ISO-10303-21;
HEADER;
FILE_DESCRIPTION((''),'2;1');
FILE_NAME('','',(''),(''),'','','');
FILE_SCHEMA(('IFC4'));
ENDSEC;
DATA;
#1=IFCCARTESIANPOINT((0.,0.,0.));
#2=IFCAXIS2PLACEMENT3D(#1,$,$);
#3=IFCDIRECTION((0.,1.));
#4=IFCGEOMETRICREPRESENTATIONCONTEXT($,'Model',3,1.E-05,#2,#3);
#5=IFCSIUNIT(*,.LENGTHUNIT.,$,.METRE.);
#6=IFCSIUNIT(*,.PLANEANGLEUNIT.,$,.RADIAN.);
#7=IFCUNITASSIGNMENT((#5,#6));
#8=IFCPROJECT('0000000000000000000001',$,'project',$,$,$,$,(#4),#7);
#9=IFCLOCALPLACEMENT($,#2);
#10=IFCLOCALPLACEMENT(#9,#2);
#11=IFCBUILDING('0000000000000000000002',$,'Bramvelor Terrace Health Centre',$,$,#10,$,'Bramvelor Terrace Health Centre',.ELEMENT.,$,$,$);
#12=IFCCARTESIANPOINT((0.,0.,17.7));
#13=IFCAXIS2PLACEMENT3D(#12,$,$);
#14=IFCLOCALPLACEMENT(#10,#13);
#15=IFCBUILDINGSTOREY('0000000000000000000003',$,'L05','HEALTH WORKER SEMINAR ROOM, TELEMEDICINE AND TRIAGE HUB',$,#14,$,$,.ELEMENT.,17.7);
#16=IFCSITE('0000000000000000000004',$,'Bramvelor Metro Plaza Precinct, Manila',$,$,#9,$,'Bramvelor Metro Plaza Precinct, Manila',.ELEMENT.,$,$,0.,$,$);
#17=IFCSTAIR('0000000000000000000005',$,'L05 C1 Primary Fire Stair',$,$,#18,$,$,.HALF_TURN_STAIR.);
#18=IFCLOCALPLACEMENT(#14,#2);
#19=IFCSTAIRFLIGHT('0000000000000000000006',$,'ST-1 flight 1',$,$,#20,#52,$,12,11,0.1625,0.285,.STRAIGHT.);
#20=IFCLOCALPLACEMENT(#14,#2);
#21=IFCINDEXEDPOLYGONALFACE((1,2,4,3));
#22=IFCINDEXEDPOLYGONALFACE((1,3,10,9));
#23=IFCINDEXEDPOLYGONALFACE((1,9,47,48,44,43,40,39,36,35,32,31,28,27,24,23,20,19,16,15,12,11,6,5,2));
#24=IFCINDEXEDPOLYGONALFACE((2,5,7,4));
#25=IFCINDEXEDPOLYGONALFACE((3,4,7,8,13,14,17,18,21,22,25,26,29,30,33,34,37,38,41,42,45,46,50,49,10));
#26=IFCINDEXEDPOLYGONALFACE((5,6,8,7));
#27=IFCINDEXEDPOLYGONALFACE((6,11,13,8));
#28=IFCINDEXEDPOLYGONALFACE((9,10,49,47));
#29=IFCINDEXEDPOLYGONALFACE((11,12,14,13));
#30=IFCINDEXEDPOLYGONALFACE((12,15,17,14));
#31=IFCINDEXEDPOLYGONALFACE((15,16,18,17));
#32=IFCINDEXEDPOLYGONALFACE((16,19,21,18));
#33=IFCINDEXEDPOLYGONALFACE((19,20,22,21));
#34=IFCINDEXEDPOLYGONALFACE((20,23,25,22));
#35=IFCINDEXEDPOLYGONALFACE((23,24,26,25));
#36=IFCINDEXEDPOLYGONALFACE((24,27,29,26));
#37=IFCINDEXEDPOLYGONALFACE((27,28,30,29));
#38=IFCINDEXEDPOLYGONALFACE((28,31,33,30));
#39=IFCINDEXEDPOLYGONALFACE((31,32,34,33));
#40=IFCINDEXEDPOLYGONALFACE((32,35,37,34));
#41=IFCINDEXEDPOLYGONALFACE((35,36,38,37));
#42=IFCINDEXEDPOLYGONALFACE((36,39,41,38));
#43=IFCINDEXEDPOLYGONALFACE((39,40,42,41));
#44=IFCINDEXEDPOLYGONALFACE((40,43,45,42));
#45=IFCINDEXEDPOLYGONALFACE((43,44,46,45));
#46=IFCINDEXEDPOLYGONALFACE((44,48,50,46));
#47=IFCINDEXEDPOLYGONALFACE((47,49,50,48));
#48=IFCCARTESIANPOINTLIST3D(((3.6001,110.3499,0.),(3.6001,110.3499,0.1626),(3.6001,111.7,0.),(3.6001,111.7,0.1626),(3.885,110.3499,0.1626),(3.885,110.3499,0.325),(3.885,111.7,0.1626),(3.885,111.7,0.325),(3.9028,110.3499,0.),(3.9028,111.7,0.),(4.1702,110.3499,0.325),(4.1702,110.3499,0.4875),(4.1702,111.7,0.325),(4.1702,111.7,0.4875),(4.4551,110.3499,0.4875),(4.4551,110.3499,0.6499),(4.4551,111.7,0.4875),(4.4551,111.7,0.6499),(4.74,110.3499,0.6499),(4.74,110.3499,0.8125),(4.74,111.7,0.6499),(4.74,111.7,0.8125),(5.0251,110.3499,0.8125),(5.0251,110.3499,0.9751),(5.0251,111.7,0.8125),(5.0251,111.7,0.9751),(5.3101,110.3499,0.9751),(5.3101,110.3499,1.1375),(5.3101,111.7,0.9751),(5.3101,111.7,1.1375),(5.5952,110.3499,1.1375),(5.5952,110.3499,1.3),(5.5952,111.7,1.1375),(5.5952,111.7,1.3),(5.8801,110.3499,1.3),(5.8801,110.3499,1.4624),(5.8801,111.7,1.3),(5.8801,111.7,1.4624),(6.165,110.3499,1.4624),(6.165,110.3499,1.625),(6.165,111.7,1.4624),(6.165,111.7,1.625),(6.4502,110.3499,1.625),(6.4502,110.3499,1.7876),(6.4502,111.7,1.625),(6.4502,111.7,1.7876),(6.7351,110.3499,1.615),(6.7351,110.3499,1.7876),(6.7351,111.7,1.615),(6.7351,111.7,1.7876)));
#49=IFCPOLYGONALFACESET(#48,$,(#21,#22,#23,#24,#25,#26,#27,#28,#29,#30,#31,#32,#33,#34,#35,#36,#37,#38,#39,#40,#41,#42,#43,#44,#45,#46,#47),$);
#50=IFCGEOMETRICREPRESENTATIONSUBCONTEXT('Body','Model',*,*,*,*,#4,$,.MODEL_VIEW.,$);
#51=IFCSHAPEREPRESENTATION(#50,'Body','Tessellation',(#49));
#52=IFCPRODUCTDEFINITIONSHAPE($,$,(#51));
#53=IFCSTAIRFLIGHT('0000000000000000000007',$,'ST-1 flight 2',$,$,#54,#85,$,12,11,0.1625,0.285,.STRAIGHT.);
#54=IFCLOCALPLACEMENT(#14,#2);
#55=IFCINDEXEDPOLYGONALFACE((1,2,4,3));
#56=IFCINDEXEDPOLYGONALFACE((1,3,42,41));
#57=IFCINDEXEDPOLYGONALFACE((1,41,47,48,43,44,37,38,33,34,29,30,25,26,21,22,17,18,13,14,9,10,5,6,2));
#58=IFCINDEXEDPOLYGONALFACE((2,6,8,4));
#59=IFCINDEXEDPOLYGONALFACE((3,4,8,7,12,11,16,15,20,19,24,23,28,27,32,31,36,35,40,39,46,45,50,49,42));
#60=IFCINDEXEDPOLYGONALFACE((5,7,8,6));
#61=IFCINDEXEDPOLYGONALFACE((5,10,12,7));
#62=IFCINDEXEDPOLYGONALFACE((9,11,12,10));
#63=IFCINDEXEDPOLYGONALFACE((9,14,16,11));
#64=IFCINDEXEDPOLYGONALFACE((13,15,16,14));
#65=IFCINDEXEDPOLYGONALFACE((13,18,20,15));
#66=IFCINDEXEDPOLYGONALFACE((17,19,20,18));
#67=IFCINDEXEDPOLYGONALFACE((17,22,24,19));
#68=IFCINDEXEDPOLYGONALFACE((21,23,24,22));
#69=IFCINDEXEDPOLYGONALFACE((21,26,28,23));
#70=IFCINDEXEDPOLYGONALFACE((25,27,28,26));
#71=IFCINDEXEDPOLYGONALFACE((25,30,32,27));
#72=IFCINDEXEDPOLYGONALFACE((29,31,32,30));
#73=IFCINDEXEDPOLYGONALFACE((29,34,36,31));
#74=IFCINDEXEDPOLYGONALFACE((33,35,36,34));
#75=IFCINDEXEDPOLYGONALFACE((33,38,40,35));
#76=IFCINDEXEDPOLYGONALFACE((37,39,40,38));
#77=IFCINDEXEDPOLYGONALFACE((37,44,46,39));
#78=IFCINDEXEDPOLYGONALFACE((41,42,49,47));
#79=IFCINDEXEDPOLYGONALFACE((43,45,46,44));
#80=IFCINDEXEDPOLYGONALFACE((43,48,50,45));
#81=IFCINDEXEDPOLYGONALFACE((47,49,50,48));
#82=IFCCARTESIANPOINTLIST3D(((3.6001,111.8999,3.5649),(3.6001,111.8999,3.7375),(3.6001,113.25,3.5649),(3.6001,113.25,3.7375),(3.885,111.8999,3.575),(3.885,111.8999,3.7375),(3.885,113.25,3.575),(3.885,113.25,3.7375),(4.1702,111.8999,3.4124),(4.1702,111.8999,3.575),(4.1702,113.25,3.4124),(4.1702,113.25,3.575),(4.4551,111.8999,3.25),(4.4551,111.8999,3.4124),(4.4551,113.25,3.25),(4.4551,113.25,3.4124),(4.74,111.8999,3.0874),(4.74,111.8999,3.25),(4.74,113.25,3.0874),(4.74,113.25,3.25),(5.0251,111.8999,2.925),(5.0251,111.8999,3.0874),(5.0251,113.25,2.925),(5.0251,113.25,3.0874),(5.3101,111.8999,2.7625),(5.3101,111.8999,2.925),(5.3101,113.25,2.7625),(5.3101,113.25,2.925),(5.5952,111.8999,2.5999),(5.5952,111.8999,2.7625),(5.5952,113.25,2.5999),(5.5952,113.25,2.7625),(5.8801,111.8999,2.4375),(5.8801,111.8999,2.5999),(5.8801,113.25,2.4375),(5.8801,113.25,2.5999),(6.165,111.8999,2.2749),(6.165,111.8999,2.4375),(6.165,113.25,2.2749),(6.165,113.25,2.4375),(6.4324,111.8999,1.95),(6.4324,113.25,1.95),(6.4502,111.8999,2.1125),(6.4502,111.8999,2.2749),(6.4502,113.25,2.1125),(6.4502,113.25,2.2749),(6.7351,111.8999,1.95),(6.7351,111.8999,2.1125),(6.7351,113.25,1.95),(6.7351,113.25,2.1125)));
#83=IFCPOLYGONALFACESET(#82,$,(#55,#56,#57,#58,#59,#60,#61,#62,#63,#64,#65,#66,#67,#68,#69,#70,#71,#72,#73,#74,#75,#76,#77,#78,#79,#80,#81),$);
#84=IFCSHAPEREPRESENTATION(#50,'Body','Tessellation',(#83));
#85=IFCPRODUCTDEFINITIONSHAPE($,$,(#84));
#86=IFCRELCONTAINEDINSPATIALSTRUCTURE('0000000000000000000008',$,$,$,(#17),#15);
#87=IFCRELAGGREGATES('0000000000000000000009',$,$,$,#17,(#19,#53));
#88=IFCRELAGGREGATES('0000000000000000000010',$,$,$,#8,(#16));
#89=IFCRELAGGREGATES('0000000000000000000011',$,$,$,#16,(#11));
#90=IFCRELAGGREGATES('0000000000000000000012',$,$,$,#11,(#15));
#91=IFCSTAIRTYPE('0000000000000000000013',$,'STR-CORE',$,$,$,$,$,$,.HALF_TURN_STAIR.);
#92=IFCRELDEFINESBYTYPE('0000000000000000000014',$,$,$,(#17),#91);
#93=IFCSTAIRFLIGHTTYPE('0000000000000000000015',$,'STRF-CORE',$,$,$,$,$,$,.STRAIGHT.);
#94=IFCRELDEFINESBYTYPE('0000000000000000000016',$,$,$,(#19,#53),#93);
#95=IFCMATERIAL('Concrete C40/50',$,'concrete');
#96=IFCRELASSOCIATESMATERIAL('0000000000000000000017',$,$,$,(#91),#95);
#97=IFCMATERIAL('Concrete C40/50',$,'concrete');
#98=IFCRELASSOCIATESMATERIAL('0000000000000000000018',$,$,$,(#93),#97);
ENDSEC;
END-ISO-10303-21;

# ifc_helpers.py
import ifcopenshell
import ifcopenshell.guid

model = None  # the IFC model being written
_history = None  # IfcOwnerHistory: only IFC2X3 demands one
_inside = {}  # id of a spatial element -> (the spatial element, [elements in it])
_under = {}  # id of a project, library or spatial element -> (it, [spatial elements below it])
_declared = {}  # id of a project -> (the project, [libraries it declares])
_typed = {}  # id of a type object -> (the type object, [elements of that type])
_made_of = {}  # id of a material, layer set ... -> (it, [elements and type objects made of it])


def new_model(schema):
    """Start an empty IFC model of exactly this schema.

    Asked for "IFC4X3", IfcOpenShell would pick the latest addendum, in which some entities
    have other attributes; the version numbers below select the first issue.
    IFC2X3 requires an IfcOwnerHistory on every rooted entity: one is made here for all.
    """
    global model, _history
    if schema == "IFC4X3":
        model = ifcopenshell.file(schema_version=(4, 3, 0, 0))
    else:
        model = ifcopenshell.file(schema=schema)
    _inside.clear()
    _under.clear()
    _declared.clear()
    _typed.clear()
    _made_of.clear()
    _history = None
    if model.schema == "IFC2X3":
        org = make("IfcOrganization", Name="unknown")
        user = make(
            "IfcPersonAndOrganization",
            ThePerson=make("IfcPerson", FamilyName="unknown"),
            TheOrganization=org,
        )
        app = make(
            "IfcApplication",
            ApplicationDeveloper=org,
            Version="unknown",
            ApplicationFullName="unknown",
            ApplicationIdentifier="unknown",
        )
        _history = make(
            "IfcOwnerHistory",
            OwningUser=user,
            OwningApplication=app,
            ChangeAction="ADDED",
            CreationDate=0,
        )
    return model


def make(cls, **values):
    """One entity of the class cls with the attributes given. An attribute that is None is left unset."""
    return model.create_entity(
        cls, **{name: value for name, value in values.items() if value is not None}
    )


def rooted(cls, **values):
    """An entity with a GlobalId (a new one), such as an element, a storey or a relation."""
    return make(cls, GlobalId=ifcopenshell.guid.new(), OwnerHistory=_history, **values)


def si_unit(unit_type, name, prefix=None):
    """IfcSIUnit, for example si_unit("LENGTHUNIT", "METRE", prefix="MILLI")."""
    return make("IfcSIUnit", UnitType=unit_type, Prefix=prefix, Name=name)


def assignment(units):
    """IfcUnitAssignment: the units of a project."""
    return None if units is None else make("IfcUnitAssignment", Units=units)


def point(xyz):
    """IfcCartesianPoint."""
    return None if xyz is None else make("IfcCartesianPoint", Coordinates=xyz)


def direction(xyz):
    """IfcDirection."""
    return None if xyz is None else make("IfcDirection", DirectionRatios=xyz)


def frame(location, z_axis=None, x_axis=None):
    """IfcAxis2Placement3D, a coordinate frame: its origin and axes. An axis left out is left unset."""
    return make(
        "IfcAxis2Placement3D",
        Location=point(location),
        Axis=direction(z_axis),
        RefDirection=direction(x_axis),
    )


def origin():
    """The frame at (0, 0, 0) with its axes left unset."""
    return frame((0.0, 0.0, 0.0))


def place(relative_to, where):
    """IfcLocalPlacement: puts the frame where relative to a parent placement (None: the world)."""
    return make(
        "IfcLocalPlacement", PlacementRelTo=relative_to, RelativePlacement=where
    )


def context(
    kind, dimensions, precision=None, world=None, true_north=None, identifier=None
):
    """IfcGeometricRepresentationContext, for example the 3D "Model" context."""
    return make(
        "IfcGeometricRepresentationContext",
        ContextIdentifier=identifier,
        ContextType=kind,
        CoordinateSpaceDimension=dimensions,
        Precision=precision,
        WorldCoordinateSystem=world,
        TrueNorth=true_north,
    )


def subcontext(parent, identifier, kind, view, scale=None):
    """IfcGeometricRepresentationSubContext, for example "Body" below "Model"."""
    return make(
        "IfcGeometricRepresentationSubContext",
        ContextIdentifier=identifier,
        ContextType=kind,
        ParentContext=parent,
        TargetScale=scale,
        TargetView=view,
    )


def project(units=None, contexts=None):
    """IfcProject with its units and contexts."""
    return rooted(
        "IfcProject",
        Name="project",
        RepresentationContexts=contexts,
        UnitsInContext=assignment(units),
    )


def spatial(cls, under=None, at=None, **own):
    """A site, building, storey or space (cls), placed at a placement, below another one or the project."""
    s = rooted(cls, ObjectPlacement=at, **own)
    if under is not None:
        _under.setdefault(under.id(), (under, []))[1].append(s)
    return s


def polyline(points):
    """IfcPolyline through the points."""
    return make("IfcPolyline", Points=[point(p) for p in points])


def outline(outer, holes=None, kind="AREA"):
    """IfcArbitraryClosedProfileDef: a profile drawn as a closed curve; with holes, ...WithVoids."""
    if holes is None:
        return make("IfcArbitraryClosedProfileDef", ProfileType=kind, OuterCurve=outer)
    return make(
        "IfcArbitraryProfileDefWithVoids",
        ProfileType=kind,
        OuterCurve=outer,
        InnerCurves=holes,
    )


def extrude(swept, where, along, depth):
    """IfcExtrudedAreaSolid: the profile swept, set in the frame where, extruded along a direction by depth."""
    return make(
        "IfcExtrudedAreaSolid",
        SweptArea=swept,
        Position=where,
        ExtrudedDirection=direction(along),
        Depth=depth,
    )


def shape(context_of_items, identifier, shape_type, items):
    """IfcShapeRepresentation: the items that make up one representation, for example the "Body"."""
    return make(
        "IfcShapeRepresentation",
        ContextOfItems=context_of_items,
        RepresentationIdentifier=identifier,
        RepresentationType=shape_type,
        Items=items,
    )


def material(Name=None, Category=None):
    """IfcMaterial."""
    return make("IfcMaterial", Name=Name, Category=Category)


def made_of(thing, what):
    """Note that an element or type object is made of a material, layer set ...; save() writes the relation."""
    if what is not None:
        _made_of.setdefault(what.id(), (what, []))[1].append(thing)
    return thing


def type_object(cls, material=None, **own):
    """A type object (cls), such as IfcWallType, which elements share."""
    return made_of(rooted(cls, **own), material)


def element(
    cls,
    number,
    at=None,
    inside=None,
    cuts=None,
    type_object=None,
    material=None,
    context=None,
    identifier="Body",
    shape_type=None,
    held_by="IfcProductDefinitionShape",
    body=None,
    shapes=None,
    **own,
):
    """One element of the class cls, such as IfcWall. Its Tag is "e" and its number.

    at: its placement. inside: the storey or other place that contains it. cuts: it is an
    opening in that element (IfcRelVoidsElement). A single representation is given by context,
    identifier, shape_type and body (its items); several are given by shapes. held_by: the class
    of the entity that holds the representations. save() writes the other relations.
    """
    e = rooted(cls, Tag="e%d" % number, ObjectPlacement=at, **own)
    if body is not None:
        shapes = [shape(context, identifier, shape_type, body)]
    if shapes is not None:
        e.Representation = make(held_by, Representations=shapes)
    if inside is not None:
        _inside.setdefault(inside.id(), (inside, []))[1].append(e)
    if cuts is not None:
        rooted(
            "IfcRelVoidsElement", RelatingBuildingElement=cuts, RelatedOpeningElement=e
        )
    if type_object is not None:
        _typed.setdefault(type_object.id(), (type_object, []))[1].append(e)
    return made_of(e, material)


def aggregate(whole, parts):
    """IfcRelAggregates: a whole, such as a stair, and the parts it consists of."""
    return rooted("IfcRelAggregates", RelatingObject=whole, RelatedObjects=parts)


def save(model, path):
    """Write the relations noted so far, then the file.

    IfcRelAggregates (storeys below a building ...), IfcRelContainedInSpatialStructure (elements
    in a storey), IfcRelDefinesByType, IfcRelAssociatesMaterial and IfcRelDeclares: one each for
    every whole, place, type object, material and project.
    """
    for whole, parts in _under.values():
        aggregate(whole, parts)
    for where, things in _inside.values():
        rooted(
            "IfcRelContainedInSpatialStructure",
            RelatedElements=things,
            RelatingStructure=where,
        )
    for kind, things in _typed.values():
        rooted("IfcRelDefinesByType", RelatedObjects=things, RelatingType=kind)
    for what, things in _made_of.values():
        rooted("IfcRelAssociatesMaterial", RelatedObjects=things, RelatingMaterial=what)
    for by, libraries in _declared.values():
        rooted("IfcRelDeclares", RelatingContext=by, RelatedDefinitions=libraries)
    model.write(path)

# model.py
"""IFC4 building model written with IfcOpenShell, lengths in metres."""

from ifc_helpers import new_model, si_unit, direction, frame, origin, place, context, subcontext, project, spatial, polyline, outline, extrude, material, type_object, element, aggregate, save


model = new_model("IFC4")

# Units and contexts
model_context = context("Model", 3, precision=1e-05, world=origin(), true_north=direction((0.0, 1.0)))
body_context = subcontext(model_context, "Body", "Model", "MODEL_VIEW")
ifc_project = project(units=[si_unit("LENGTHUNIT", "METRE"), si_unit("PLANEANGLEUNIT", "RADIAN")], contexts=[model_context])

# Site, building, storey
site_placement = place(None, origin())
site = spatial("IfcSite", under=ifc_project, at=site_placement, Name="Bramvelor Metro Plaza Precinct, Manila", LongName="Bramvelor Metro Plaza Precinct, Manila", CompositionType="ELEMENT", RefElevation=0.0)
building_placement = place(site_placement, origin())
building = spatial("IfcBuilding", under=site, at=building_placement, Name="Bramvelor Terrace Health Centre", LongName="Bramvelor Terrace Health Centre", CompositionType="ELEMENT")
storey_placement = place(building_placement, frame((0.0, 0.0, 17.7)))
storey = spatial("IfcBuildingStorey", under=building, at=storey_placement, Name="L05", Description="HEALTH WORKER SEMINAR ROOM, TELEMEDICINE AND TRIAGE HUB", CompositionType="ELEMENT", Elevation=17.7)

# Stair, stair flights
ifc_material_1 = material(Name="Concrete C40/50", Category="concrete")
stair_type = type_object("IfcStairType", Name="STR-CORE", PredefinedType="HALF_TURN_STAIR", material=ifc_material_1)
stair_placement = place(storey_placement, origin())
stair = element("IfcStair", 1, at=stair_placement, inside=storey, type_object=stair_type, Name="L05 C1 Primary Fire Stair", PredefinedType="HALF_TURN_STAIR")
ifc_material_2 = material(Name="Concrete C40/50", Category="concrete")
stair_flight_type = type_object("IfcStairFlightType", Name="STRF-CORE", PredefinedType="STRAIGHT", material=ifc_material_2)
stair_flight_1_placement = place(storey_placement, frame((3.6001, 111.0249, 0.0), z_axis=(0.0, 0.0, 1.0), x_axis=(1.0, 0.0, 0.0)))
stair_flight_1 = element("IfcStairFlight", 2, at=stair_flight_1_placement, type_object=stair_flight_type, Name="ST-1 flight 1", NumberOfRisers=12, NumberOfTreads=11, PredefinedType="STRAIGHT", RiserHeight=0.1625, TreadLength=0.285, context=body_context, shape_type="SweptSolid", body=[
    extrude(outline(polyline([(0.0, 0.0), (0.0, 0.1626), (0.2849, 0.1626), (0.2849, 0.325), (0.5701, 0.325), (0.5701, 0.4875), (0.855, 0.4875), (0.855, 0.6499), (1.1399, 0.6499), (1.1399, 0.8125), (1.425, 0.8125), (1.425, 0.9751), (1.71, 0.9751), (1.71, 1.1375), (1.9951, 1.1375), (1.9951, 1.3), (2.28, 1.3), (2.28, 1.4624), (2.5649, 1.4624), (2.5649, 1.625), (2.8501, 1.625), (2.8501, 1.7876), (3.135, 1.7876), (3.135, 1.95), (3.135, 1.615), (0.3027, 0.0), (0.0, 0.0)])), frame((0.0, 0.675, 0.0), z_axis=(0.0, -1.0, 0.0), x_axis=(1.0, 0.0, 0.0)), (0.0, 0.0, 1.0), 1.3501),
])
stair_flight_2_placement = place(storey_placement, frame((6.7351, 112.575, 1.95), z_axis=(0.0, 0.0, 1.0), x_axis=(-1.0, 0.0, 0.0)))
stair_flight_2 = element("IfcStairFlight", 3, at=stair_flight_2_placement, type_object=stair_flight_type, Name="ST-1 flight 2", NumberOfRisers=12, NumberOfTreads=11, PredefinedType="STRAIGHT", RiserHeight=0.1625, TreadLength=0.285, context=body_context, shape_type="SweptSolid", body=[
    extrude(outline(polyline([(0.0, 0.0), (0.0, 0.1626), (0.2849, 0.1626), (0.2849, 0.325), (0.5701, 0.325), (0.5701, 0.4875), (0.855, 0.4875), (0.855, 0.6499), (1.1399, 0.6499), (1.1399, 0.8125), (1.425, 0.8125), (1.425, 0.9751), (1.71, 0.9751), (1.71, 1.1375), (1.9951, 1.1375), (1.9951, 1.3), (2.28, 1.3), (2.28, 1.4624), (2.5649, 1.4624), (2.5649, 1.625), (2.8501, 1.625), (2.8501, 1.7876), (3.135, 1.7876), (3.135, 1.95), (3.135, 1.615), (0.3027, 0.0), (0.0, 0.0)])), frame((0.0, 0.675, 0.0), z_axis=(0.0, -1.0, 0.0), x_axis=(1.0, 0.0, 0.0)), (0.0, 0.0, 1.0), 1.3501),
])
aggregate(stair, [stair_flight_1, stair_flight_2])

save(model, "model.ifc")
